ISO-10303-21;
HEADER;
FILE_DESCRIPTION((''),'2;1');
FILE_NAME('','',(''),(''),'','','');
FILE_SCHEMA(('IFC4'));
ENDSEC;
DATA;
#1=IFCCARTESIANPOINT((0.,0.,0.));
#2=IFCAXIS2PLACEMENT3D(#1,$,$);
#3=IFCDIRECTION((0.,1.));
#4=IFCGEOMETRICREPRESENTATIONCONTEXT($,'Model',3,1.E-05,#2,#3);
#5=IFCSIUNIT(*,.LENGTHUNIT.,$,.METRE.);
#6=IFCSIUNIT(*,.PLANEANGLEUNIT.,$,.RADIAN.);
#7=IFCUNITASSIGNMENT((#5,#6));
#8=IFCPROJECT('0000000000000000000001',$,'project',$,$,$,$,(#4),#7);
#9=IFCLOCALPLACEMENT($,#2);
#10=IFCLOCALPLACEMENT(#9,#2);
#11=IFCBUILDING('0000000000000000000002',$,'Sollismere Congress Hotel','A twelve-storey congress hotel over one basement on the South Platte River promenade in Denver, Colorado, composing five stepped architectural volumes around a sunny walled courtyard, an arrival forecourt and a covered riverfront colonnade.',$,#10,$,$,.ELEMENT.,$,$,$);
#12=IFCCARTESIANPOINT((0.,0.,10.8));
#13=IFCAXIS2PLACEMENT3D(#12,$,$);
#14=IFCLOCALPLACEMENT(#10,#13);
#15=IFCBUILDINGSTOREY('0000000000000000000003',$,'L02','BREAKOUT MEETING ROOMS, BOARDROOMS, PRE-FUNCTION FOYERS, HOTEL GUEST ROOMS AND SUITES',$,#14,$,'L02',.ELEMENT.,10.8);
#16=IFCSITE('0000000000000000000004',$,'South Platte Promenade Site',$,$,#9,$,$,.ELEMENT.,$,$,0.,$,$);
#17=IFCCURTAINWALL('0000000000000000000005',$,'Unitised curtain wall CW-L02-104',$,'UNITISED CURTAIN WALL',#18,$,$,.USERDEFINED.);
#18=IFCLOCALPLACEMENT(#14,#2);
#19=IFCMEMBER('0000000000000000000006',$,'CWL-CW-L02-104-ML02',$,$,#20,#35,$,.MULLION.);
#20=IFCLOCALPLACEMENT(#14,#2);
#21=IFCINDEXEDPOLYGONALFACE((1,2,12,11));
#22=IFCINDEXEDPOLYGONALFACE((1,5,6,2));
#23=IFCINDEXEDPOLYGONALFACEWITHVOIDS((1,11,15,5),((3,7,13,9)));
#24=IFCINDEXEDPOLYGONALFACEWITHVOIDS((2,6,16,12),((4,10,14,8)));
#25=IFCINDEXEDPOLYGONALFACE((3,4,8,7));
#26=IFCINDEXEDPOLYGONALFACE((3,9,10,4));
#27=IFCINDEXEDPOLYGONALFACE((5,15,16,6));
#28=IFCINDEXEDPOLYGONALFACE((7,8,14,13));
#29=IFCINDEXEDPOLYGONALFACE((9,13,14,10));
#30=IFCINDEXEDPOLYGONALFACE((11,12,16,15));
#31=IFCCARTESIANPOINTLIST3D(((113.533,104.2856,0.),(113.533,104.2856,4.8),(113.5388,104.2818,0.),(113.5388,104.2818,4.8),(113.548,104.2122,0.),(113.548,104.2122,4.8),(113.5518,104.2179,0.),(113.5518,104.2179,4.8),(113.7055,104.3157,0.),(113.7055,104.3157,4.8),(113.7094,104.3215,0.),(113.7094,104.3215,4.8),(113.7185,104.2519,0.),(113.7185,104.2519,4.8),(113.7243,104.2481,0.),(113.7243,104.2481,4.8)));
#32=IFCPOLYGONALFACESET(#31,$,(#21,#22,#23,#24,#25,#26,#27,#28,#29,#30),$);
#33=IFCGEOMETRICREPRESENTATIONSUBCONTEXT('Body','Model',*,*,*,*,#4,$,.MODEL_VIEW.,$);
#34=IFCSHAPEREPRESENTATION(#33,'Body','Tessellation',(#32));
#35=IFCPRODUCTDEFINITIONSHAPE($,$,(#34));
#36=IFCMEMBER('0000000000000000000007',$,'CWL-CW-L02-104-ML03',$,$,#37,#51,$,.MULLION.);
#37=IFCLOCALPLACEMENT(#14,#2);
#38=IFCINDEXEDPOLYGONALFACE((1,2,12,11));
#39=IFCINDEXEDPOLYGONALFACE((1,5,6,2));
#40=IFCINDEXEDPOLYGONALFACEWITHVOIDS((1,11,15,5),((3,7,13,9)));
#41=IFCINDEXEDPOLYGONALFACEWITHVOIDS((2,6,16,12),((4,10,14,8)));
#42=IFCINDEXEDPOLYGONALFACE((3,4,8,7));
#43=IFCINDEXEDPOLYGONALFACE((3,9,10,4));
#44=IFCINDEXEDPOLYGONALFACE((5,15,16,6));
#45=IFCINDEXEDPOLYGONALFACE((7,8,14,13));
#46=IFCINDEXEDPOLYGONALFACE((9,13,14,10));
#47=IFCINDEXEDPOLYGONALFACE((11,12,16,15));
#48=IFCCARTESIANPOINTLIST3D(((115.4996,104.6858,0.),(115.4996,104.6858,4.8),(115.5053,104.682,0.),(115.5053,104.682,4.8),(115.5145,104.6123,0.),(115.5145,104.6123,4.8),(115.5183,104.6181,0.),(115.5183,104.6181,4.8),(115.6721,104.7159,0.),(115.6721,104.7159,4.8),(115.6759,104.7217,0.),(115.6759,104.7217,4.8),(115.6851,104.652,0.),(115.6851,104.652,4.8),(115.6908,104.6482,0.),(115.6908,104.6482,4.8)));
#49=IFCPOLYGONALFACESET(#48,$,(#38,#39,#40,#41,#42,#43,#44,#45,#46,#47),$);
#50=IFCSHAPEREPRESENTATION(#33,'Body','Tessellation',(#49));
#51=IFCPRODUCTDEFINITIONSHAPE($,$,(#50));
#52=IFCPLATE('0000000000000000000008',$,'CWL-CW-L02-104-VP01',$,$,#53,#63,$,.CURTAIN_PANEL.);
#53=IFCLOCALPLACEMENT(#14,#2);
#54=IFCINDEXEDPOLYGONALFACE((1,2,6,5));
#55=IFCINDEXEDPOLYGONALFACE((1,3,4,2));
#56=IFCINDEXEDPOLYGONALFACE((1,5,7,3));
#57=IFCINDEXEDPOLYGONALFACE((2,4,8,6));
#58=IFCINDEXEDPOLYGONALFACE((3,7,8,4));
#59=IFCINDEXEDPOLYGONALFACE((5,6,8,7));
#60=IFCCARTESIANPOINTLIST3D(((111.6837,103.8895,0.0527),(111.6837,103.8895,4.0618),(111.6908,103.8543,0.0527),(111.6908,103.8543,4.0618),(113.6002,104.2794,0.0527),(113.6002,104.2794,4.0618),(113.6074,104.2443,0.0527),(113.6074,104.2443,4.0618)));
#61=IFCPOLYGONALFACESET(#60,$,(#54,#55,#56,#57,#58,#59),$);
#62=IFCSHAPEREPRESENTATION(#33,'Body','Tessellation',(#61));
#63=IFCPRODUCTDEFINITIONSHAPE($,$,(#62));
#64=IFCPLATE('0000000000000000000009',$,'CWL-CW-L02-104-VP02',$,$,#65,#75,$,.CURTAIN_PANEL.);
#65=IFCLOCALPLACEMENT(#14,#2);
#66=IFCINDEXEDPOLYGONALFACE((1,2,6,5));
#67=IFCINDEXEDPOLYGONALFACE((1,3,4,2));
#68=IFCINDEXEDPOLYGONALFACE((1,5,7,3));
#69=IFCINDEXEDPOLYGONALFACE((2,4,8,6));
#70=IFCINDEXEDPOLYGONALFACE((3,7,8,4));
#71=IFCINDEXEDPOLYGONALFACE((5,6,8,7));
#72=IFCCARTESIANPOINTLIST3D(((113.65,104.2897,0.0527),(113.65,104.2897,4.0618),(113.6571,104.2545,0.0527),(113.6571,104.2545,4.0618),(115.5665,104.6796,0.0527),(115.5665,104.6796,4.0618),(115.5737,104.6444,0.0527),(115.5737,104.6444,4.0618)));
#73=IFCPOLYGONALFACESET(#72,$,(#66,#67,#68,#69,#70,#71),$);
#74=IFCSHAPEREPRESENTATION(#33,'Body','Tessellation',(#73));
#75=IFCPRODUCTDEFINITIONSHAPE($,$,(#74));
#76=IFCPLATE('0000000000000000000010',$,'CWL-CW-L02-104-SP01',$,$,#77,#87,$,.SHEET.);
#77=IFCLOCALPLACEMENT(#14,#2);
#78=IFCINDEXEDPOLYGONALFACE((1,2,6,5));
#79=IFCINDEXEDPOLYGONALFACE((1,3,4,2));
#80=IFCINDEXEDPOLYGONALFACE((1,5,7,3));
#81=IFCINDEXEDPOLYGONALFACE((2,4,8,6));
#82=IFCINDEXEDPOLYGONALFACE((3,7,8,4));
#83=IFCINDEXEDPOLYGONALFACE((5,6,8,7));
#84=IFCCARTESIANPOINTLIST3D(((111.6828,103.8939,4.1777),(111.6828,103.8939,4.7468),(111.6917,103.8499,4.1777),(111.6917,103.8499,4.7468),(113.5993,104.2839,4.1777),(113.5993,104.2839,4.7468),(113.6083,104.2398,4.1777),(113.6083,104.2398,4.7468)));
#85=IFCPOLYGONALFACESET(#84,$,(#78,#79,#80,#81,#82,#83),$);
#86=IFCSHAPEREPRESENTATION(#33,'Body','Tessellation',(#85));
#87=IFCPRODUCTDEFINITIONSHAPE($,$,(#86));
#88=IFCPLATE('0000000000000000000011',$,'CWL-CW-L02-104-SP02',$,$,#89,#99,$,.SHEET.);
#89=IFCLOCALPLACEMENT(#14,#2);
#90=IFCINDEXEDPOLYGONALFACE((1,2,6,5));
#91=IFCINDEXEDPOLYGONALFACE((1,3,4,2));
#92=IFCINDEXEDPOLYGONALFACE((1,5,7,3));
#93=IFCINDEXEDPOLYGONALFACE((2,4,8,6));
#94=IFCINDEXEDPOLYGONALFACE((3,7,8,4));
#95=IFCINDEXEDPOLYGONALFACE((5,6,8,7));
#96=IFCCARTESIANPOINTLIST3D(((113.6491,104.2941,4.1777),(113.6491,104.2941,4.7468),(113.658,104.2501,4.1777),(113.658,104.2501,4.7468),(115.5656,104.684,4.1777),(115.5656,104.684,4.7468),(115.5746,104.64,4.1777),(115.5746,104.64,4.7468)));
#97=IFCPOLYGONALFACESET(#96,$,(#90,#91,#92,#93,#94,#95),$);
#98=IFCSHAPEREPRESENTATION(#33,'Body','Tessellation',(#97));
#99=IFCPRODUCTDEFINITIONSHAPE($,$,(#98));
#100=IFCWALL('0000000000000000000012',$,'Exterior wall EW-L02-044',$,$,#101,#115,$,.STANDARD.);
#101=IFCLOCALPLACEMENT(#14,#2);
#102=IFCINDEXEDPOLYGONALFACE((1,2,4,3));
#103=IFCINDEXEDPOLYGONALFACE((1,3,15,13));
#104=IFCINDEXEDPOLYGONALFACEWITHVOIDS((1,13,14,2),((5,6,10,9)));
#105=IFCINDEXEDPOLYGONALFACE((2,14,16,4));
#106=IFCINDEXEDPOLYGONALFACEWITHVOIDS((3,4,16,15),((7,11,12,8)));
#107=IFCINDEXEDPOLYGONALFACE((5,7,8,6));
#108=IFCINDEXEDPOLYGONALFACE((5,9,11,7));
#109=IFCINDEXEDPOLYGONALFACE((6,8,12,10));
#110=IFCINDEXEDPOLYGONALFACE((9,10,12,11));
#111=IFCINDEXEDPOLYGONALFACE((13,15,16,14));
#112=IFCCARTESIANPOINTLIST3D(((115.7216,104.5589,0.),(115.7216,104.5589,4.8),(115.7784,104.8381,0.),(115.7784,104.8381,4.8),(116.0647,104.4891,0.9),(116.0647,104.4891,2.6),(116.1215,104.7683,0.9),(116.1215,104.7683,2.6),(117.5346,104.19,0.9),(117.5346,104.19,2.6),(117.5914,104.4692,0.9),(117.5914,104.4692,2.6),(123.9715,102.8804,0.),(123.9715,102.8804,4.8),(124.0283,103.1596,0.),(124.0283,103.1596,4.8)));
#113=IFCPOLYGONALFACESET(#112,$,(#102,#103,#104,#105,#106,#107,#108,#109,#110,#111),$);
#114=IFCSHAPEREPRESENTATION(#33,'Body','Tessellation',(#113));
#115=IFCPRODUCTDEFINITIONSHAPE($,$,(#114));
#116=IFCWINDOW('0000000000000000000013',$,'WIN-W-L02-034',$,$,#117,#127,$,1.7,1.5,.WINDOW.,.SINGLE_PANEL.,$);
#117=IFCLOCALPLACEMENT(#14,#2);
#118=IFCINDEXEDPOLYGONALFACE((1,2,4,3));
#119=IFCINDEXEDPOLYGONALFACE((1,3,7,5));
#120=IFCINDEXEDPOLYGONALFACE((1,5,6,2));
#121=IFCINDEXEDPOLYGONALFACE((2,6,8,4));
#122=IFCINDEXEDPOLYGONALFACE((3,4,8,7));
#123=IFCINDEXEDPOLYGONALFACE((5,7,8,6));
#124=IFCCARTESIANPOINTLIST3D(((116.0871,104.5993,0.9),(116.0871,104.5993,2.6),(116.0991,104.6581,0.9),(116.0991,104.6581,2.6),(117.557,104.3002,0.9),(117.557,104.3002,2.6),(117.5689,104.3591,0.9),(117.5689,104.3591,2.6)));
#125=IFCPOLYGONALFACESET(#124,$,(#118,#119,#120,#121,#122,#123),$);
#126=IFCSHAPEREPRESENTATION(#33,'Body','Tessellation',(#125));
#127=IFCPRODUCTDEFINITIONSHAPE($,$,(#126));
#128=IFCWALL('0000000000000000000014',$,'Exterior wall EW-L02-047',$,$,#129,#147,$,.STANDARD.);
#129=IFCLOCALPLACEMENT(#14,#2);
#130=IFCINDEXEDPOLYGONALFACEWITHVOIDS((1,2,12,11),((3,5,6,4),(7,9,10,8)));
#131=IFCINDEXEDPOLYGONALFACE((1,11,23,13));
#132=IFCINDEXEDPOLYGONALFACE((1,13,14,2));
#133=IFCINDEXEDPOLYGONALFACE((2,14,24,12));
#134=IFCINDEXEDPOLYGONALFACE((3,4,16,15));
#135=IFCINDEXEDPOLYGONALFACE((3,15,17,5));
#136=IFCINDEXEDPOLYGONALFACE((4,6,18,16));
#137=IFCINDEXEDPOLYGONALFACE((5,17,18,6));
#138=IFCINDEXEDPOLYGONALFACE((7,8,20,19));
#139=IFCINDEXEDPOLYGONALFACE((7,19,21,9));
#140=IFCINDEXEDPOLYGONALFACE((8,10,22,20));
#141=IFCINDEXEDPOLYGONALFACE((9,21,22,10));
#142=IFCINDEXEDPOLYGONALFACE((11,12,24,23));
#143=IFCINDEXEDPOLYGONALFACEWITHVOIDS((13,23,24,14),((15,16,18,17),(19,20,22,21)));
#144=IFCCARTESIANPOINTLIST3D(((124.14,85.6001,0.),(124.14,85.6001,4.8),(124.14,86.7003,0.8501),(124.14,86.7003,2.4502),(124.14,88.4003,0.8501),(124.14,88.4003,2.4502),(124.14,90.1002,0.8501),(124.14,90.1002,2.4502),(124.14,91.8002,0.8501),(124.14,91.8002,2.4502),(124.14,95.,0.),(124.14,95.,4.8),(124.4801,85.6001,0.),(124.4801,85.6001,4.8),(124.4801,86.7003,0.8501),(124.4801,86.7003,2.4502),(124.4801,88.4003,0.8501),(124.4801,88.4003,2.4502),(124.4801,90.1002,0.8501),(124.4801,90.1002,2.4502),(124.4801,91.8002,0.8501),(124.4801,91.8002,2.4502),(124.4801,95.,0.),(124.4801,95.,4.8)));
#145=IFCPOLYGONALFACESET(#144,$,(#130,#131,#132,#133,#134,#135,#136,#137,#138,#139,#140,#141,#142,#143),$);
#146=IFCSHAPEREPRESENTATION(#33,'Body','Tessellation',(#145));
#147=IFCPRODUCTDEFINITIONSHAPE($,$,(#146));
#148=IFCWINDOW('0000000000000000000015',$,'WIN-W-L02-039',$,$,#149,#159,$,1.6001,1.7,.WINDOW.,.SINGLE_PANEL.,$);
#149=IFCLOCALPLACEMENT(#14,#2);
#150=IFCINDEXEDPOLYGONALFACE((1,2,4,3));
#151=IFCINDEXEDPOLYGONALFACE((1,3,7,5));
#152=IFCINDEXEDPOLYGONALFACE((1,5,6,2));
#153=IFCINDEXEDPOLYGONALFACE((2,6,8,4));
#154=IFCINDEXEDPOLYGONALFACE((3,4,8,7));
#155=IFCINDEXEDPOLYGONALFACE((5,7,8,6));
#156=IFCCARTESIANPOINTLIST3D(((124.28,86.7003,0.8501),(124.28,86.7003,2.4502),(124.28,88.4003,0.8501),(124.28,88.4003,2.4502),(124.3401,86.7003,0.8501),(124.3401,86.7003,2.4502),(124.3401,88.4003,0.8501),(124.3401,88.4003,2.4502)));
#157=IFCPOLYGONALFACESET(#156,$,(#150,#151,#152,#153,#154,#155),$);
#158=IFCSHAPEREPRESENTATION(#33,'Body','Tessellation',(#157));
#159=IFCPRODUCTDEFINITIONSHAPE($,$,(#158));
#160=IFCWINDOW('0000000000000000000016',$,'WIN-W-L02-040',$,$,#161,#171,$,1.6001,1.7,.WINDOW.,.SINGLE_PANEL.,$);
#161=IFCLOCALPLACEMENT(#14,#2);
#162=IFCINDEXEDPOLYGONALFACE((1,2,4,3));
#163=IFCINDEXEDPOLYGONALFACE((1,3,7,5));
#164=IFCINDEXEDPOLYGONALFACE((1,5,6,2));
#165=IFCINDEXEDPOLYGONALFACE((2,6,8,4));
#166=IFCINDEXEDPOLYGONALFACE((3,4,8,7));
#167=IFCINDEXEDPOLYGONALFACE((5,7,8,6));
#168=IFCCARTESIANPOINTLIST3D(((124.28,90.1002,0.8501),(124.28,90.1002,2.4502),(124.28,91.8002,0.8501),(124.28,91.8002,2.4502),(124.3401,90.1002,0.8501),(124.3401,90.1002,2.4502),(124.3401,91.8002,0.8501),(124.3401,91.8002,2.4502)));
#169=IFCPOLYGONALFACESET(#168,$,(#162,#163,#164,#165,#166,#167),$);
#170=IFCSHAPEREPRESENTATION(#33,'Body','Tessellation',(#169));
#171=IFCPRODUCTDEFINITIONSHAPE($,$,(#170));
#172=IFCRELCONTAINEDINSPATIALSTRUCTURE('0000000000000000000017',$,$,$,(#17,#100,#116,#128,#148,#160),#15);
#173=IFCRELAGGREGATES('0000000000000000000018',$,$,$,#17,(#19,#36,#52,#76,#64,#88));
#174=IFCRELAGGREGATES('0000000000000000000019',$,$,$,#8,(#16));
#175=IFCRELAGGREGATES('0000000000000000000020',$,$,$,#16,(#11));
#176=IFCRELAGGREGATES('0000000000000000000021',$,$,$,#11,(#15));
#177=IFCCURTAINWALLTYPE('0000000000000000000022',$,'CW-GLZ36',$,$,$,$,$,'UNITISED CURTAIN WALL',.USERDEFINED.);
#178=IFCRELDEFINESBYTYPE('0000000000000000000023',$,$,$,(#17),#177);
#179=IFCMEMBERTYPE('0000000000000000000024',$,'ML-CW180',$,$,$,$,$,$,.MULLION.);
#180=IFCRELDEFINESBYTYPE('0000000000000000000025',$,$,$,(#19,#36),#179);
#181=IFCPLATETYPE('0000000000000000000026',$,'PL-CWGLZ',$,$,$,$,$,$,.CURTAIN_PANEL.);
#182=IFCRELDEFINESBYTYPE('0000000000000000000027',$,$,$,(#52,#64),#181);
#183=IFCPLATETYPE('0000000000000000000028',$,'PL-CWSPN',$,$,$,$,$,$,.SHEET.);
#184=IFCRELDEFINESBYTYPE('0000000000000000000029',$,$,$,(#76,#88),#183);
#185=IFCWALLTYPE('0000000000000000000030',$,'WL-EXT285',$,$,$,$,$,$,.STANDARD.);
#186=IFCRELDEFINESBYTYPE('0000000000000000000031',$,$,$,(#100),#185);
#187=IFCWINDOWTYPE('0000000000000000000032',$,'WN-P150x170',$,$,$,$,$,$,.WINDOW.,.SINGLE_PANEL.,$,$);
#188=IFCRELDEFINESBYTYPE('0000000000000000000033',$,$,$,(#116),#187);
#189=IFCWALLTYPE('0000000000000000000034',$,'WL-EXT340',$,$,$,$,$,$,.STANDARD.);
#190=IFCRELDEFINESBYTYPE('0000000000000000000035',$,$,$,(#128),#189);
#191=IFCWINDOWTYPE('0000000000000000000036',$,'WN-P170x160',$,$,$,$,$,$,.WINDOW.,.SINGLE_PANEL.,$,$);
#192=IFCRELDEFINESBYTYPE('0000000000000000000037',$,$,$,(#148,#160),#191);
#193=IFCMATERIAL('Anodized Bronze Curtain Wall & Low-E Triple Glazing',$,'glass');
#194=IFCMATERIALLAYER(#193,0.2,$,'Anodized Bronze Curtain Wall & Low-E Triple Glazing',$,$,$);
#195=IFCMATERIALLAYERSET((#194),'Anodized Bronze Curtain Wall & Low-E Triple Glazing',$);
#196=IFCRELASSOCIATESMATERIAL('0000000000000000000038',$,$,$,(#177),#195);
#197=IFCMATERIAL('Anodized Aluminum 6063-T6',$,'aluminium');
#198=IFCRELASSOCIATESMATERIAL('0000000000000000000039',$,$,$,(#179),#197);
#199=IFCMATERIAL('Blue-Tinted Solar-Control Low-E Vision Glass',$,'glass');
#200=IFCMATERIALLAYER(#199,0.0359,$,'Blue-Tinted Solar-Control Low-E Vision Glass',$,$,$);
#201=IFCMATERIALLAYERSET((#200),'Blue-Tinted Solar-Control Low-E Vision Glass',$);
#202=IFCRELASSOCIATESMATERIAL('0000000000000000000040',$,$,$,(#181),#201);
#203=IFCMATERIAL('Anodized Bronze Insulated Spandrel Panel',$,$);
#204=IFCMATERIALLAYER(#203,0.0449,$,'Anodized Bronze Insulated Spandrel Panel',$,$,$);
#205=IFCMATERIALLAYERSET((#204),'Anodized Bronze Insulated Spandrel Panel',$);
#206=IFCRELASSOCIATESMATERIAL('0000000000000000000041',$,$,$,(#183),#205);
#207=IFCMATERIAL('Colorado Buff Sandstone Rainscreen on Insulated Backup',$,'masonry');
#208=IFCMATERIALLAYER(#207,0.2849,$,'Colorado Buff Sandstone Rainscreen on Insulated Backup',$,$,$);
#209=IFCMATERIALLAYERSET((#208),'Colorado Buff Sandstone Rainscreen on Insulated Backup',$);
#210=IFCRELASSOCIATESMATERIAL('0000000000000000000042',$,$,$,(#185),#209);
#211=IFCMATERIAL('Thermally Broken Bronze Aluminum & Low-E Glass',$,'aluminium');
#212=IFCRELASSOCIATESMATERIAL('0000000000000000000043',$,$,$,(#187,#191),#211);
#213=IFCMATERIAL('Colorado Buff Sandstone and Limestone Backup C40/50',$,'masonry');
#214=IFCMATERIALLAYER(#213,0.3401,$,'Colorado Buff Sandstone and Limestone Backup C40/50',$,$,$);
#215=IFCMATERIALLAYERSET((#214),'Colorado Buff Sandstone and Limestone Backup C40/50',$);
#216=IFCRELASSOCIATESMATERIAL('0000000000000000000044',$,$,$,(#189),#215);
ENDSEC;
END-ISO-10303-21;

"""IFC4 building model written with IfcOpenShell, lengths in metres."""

from ifc_helpers import new_model, si_unit, direction, frame, frame_2d, origin, origin_2d, place, context, subcontext, project, spatial, rectangle, hollow_rectangle, extrude, material, layer, layer_set, material_profile, profile_set, type_object, element, fill, aggregate, save


model = new_model("IFC4")

# Units and contexts
model_context = context("Model", 3, precision=1e-05, world=origin(), true_north=direction((0.0, 1.0)))
body_context = subcontext(model_context, "Body", "Model", "MODEL_VIEW")
ifc_project = project(units=[si_unit("LENGTHUNIT", "METRE"), si_unit("PLANEANGLEUNIT", "RADIAN")], contexts=[model_context])

# Site, building, storey
site_placement = place(None, origin())
site = spatial("IfcSite", under=ifc_project, at=site_placement, Name="South Platte Promenade Site", CompositionType="ELEMENT", RefElevation=0.0)
building_placement = place(site_placement, origin())
building = spatial("IfcBuilding", under=site, at=building_placement, Name="Sollismere Congress Hotel", Description="A twelve-storey congress hotel over one basement on the South Platte River promenade in Denver, Colorado, composing five stepped architectural volumes around a sunny walled courtyard, an arrival forecourt and a covered riverfront colonnade.", CompositionType="ELEMENT")
storey_placement = place(building_placement, frame((0.0, 0.0, 10.8)))
storey = spatial("IfcBuildingStorey", under=building, at=storey_placement, Name="L02", Description="BREAKOUT MEETING ROOMS, BOARDROOMS, PRE-FUNCTION FOYERS, HOTEL GUEST ROOMS AND SUITES", LongName="L02", CompositionType="ELEMENT", Elevation=10.8)

# Curtain wall, members, plates
ifc_material_1 = material(Name="Anodized Bronze Curtain Wall & Low-E Triple Glazing", Category="glass")
ifc_layer_1 = layer(ifc_material_1, 0.2, Name="Anodized Bronze Curtain Wall & Low-E Triple Glazing")
ifc_layer_set_1 = layer_set([ifc_layer_1], Name="Anodized Bronze Curtain Wall & Low-E Triple Glazing")
curtain_wall_type = type_object("IfcCurtainWallType", Name="CW-GLZ36", ElementType="UNITISED CURTAIN WALL", PredefinedType="USERDEFINED", material=ifc_layer_set_1)
curtain_wall_placement = place(storey_placement, origin())
curtain_wall = element("IfcCurtainWall", 1, at=curtain_wall_placement, inside=storey, type_object=curtain_wall_type, Name="Unitised curtain wall CW-L02-104", ObjectType="UNITISED CURTAIN WALL", PredefinedType="USERDEFINED")
ifc_material_2 = material(Name="Anodized Aluminum 6063-T6", Category="aluminium")
ifc_material_profile_1 = material_profile(ifc_material_2, hollow_rectangle(XDim=0.075, YDim=0.1799, WallThickness=0.0049, at=origin_2d()), Name="ALU180X75X5")
ifc_profile_set_1 = profile_set([ifc_material_profile_1], Name="Anodized Aluminum 6063-T6")
member_type = type_object("IfcMemberType", Name="ML-CW180", PredefinedType="MULLION", material=ifc_profile_set_1)
member_1_placement = place(storey_placement, frame((113.6287, 104.2668, 0.0), z_axis=(0.0, 0.0, 1.0), x_axis=(-0.199368, 0.979925, 0.0)))
member_1 = element("IfcMember", 2, at=member_1_placement, type_object=member_type, Name="CWL-CW-L02-104-ML02", PredefinedType="MULLION", context=body_context, shape_type="SweptSolid", body=[
    extrude(hollow_rectangle(XDim=0.075, YDim=0.1799, WallThickness=0.0049, at=origin_2d()), origin(), (0.0, 0.0, 1.0), 4.8),
])
member_2_placement = place(storey_placement, frame((115.5952, 104.667, 0.0), z_axis=(0.0, 0.0, 1.0), x_axis=(-0.199368, 0.979925, 0.0)))
member_2 = element("IfcMember", 3, at=member_2_placement, type_object=member_type, Name="CWL-CW-L02-104-ML03", PredefinedType="MULLION", context=body_context, shape_type="SweptSolid", body=[
    extrude(hollow_rectangle(XDim=0.075, YDim=0.1799, WallThickness=0.0049, at=origin_2d()), origin(), (0.0, 0.0, 1.0), 4.8),
])
ifc_material_3 = material(Name="Blue-Tinted Solar-Control Low-E Vision Glass", Category="glass")
ifc_layer_2 = layer(ifc_material_3, 0.0359, Name="Blue-Tinted Solar-Control Low-E Vision Glass")
ifc_layer_set_2 = layer_set([ifc_layer_2], Name="Blue-Tinted Solar-Control Low-E Vision Glass")
plate_type_1 = type_object("IfcPlateType", Name="PL-CWGLZ", PredefinedType="CURTAIN_PANEL", material=ifc_layer_set_2)
plate_1_placement = place(storey_placement, frame((112.6455, 104.0669, 0.0527), z_axis=(0.0, 0.0, 1.0), x_axis=(0.979925, 0.199368, 0.0)))
plate_1 = element("IfcPlate", 4, at=plate_1_placement, type_object=plate_type_1, Name="CWL-CW-L02-104-VP01", PredefinedType="CURTAIN_PANEL", context=body_context, shape_type="SweptSolid", body=[
    extrude(rectangle(XDim=1.9558, YDim=0.0359, at=origin_2d()), origin(), (0.0, 0.0, 1.0), 4.009),
])
plate_2_placement = place(storey_placement, frame((114.6118, 104.467, 0.0527), z_axis=(0.0, 0.0, 1.0), x_axis=(0.979925, 0.199368, 0.0)))
plate_2 = element("IfcPlate", 5, at=plate_2_placement, type_object=plate_type_1, Name="CWL-CW-L02-104-VP02", PredefinedType="CURTAIN_PANEL", context=body_context, shape_type="SweptSolid", body=[
    extrude(rectangle(XDim=1.9558, YDim=0.0359, at=origin_2d()), origin(), (0.0, 0.0, 1.0), 4.009),
])
ifc_material_4 = material(Name="Anodized Bronze Insulated Spandrel Panel")
ifc_layer_3 = layer(ifc_material_4, 0.0449, Name="Anodized Bronze Insulated Spandrel Panel")
ifc_layer_set_3 = layer_set([ifc_layer_3], Name="Anodized Bronze Insulated Spandrel Panel")
plate_type_2 = type_object("IfcPlateType", Name="PL-CWSPN", PredefinedType="SHEET", material=ifc_layer_set_3)
plate_3_placement = place(storey_placement, frame((112.6455, 104.0669, 4.1777), z_axis=(0.0, 0.0, 1.0), x_axis=(0.979925, 0.199368, 0.0)))
plate_3 = element("IfcPlate", 6, at=plate_3_placement, type_object=plate_type_2, Name="CWL-CW-L02-104-SP01", PredefinedType="SHEET", context=body_context, shape_type="SweptSolid", body=[
    extrude(rectangle(XDim=1.9558, YDim=0.0449, at=origin_2d()), origin(), (0.0, 0.0, 1.0), 0.5691),
])
plate_4_placement = place(storey_placement, frame((114.6118, 104.467, 4.1777), z_axis=(0.0, 0.0, 1.0), x_axis=(0.979925, 0.199368, 0.0)))
plate_4 = element("IfcPlate", 7, at=plate_4_placement, type_object=plate_type_2, Name="CWL-CW-L02-104-SP02", PredefinedType="SHEET", context=body_context, shape_type="SweptSolid", body=[
    extrude(rectangle(XDim=1.9558, YDim=0.0449, at=origin_2d()), origin(), (0.0, 0.0, 1.0), 0.5691),
])
aggregate(curtain_wall, [member_1, member_2, plate_1, plate_3, plate_2, plate_4])

# Wall, opening, window
ifc_material_5 = material(Name="Colorado Buff Sandstone Rainscreen on Insulated Backup", Category="masonry")
ifc_layer_4 = layer(ifc_material_5, 0.2849, Name="Colorado Buff Sandstone Rainscreen on Insulated Backup")
ifc_layer_set_4 = layer_set([ifc_layer_4], Name="Colorado Buff Sandstone Rainscreen on Insulated Backup")
wall_type_1 = type_object("IfcWallType", Name="WL-EXT285", PredefinedType="STANDARD", material=ifc_layer_set_4)
wall_1_placement = place(storey_placement, frame((115.75, 104.6985, 0.0), z_axis=(0.0, 0.0, 1.0), x_axis=(0.979925, -0.199366, 0.0)))
wall_1 = element("IfcWall", 8, at=wall_1_placement, inside=storey, type_object=wall_type_1, Name="Exterior wall EW-L02-044", PredefinedType="STANDARD", context=body_context, shape_type="SweptSolid", body=[
    extrude(rectangle(XDim=8.4189, YDim=0.2849, at=frame_2d((4.2095, 0.0))), origin(), (0.0, 0.0, 1.0), 4.8),
])
opening_1_placement = place(wall_1_placement, frame((0.3501, 0.0, 0.8999)))
opening_1 = element("IfcOpeningElement", 9, at=opening_1_placement, cuts=wall_1, PredefinedType="OPENING", context=body_context, shape_type="SweptSolid", body=[
    extrude(rectangle(XDim=1.5, YDim=1.7, at=frame_2d((0.75, 0.8501))), frame((0.0, 0.1523, 0.0), z_axis=(0.0, -1.0, 0.0), x_axis=(1.0, 0.0, 0.0)), (0.0, 0.0, 1.0), 0.3049),
])
ifc_material_6 = material(Name="Thermally Broken Bronze Aluminum & Low-E Glass", Category="aluminium")
window_type_1 = type_object("IfcWindowType", Name="WN-P150x170", PartitioningType="SINGLE_PANEL", PredefinedType="WINDOW", material=ifc_material_6)
window_1_placement = place(opening_1_placement, origin())
window_1 = element("IfcWindow", 10, at=window_1_placement, inside=storey, type_object=window_type_1, Name="WIN-W-L02-034", OverallHeight=1.7, OverallWidth=1.5, PartitioningType="SINGLE_PANEL", PredefinedType="WINDOW", context=body_context, shape_type="SweptSolid", body=[
    extrude(rectangle(XDim=1.5, YDim=1.7, at=frame_2d((0.75, 0.8501))), frame((0.0, 0.03, 0.0), z_axis=(0.0, -1.0, 0.0), x_axis=(1.0, 0.0, 0.0)), (0.0, 0.0, 1.0), 0.0601),
])
fill(opening_1, window_1)

# Wall, openings, windows
ifc_material_7 = material(Name="Colorado Buff Sandstone and Limestone Backup C40/50", Category="masonry")
ifc_layer_5 = layer(ifc_material_7, 0.3401, Name="Colorado Buff Sandstone and Limestone Backup C40/50")
ifc_layer_set_5 = layer_set([ifc_layer_5], Name="Colorado Buff Sandstone and Limestone Backup C40/50")
wall_type_2 = type_object("IfcWallType", Name="WL-EXT340", PredefinedType="STANDARD", material=ifc_layer_set_5)
wall_2_placement = place(storey_placement, frame((124.3101, 85.6001, 0.0), z_axis=(0.0, 0.0, 1.0), x_axis=(0.0, 1.0, 0.0)))
wall_2 = element("IfcWall", 11, at=wall_2_placement, inside=storey, type_object=wall_type_2, Name="Exterior wall EW-L02-047", PredefinedType="STANDARD", context=body_context, shape_type="SweptSolid", body=[
    extrude(rectangle(XDim=9.3999, YDim=0.3401, at=frame_2d((4.7, 0.0))), origin(), (0.0, 0.0, 1.0), 4.8),
])
opening_2_placement = place(wall_2_placement, frame((1.1001, 0.0, 0.8501)))
opening_2 = element("IfcOpeningElement", 12, at=opening_2_placement, cuts=wall_2, PredefinedType="OPENING", context=body_context, shape_type="SweptSolid", body=[
    extrude(rectangle(XDim=1.7, YDim=1.6001, at=frame_2d((0.8501, 0.8))), frame((0.0, 0.1799, 0.0), z_axis=(0.0, -1.0, 0.0), x_axis=(1.0, 0.0, 0.0)), (0.0, 0.0, 1.0), 0.3601),
])
opening_3_placement = place(wall_2_placement, frame((4.5, 0.0, 0.8501)))
opening_3 = element("IfcOpeningElement", 13, at=opening_3_placement, cuts=wall_2, PredefinedType="OPENING", context=body_context, shape_type="SweptSolid", body=[
    extrude(rectangle(XDim=1.7, YDim=1.6001, at=frame_2d((0.8501, 0.8))), frame((0.0, 0.1799, 0.0), z_axis=(0.0, -1.0, 0.0), x_axis=(1.0, 0.0, 0.0)), (0.0, 0.0, 1.0), 0.3601),
])
window_type_2 = type_object("IfcWindowType", Name="WN-P170x160", PartitioningType="SINGLE_PANEL", PredefinedType="WINDOW", material=ifc_material_6)
window_2_placement = place(opening_2_placement, origin())
window_2 = element("IfcWindow", 14, at=window_2_placement, inside=storey, type_object=window_type_2, Name="WIN-W-L02-039", OverallHeight=1.6001, OverallWidth=1.7, PartitioningType="SINGLE_PANEL", PredefinedType="WINDOW", context=body_context, shape_type="SweptSolid", body=[
    extrude(rectangle(XDim=1.7, YDim=1.6001, at=frame_2d((0.8501, 0.8))), frame((0.0, 0.03, 0.0), z_axis=(0.0, -1.0, 0.0), x_axis=(1.0, 0.0, 0.0)), (0.0, 0.0, 1.0), 0.0601),
])
fill(opening_2, window_2)
window_3_placement = place(opening_3_placement, origin())
window_3 = element("IfcWindow", 15, at=window_3_placement, inside=storey, type_object=window_type_2, Name="WIN-W-L02-040", OverallHeight=1.6001, OverallWidth=1.7, PartitioningType="SINGLE_PANEL", PredefinedType="WINDOW", context=body_context, shape_type="SweptSolid", body=[
    extrude(rectangle(XDim=1.7, YDim=1.6001, at=frame_2d((0.8501, 0.8))), frame((0.0, 0.03, 0.0), z_axis=(0.0, -1.0, 0.0), x_axis=(1.0, 0.0, 0.0)), (0.0, 0.0, 1.0), 0.0601),
])
fill(opening_3, window_3)

save(model, "model.ifc")
